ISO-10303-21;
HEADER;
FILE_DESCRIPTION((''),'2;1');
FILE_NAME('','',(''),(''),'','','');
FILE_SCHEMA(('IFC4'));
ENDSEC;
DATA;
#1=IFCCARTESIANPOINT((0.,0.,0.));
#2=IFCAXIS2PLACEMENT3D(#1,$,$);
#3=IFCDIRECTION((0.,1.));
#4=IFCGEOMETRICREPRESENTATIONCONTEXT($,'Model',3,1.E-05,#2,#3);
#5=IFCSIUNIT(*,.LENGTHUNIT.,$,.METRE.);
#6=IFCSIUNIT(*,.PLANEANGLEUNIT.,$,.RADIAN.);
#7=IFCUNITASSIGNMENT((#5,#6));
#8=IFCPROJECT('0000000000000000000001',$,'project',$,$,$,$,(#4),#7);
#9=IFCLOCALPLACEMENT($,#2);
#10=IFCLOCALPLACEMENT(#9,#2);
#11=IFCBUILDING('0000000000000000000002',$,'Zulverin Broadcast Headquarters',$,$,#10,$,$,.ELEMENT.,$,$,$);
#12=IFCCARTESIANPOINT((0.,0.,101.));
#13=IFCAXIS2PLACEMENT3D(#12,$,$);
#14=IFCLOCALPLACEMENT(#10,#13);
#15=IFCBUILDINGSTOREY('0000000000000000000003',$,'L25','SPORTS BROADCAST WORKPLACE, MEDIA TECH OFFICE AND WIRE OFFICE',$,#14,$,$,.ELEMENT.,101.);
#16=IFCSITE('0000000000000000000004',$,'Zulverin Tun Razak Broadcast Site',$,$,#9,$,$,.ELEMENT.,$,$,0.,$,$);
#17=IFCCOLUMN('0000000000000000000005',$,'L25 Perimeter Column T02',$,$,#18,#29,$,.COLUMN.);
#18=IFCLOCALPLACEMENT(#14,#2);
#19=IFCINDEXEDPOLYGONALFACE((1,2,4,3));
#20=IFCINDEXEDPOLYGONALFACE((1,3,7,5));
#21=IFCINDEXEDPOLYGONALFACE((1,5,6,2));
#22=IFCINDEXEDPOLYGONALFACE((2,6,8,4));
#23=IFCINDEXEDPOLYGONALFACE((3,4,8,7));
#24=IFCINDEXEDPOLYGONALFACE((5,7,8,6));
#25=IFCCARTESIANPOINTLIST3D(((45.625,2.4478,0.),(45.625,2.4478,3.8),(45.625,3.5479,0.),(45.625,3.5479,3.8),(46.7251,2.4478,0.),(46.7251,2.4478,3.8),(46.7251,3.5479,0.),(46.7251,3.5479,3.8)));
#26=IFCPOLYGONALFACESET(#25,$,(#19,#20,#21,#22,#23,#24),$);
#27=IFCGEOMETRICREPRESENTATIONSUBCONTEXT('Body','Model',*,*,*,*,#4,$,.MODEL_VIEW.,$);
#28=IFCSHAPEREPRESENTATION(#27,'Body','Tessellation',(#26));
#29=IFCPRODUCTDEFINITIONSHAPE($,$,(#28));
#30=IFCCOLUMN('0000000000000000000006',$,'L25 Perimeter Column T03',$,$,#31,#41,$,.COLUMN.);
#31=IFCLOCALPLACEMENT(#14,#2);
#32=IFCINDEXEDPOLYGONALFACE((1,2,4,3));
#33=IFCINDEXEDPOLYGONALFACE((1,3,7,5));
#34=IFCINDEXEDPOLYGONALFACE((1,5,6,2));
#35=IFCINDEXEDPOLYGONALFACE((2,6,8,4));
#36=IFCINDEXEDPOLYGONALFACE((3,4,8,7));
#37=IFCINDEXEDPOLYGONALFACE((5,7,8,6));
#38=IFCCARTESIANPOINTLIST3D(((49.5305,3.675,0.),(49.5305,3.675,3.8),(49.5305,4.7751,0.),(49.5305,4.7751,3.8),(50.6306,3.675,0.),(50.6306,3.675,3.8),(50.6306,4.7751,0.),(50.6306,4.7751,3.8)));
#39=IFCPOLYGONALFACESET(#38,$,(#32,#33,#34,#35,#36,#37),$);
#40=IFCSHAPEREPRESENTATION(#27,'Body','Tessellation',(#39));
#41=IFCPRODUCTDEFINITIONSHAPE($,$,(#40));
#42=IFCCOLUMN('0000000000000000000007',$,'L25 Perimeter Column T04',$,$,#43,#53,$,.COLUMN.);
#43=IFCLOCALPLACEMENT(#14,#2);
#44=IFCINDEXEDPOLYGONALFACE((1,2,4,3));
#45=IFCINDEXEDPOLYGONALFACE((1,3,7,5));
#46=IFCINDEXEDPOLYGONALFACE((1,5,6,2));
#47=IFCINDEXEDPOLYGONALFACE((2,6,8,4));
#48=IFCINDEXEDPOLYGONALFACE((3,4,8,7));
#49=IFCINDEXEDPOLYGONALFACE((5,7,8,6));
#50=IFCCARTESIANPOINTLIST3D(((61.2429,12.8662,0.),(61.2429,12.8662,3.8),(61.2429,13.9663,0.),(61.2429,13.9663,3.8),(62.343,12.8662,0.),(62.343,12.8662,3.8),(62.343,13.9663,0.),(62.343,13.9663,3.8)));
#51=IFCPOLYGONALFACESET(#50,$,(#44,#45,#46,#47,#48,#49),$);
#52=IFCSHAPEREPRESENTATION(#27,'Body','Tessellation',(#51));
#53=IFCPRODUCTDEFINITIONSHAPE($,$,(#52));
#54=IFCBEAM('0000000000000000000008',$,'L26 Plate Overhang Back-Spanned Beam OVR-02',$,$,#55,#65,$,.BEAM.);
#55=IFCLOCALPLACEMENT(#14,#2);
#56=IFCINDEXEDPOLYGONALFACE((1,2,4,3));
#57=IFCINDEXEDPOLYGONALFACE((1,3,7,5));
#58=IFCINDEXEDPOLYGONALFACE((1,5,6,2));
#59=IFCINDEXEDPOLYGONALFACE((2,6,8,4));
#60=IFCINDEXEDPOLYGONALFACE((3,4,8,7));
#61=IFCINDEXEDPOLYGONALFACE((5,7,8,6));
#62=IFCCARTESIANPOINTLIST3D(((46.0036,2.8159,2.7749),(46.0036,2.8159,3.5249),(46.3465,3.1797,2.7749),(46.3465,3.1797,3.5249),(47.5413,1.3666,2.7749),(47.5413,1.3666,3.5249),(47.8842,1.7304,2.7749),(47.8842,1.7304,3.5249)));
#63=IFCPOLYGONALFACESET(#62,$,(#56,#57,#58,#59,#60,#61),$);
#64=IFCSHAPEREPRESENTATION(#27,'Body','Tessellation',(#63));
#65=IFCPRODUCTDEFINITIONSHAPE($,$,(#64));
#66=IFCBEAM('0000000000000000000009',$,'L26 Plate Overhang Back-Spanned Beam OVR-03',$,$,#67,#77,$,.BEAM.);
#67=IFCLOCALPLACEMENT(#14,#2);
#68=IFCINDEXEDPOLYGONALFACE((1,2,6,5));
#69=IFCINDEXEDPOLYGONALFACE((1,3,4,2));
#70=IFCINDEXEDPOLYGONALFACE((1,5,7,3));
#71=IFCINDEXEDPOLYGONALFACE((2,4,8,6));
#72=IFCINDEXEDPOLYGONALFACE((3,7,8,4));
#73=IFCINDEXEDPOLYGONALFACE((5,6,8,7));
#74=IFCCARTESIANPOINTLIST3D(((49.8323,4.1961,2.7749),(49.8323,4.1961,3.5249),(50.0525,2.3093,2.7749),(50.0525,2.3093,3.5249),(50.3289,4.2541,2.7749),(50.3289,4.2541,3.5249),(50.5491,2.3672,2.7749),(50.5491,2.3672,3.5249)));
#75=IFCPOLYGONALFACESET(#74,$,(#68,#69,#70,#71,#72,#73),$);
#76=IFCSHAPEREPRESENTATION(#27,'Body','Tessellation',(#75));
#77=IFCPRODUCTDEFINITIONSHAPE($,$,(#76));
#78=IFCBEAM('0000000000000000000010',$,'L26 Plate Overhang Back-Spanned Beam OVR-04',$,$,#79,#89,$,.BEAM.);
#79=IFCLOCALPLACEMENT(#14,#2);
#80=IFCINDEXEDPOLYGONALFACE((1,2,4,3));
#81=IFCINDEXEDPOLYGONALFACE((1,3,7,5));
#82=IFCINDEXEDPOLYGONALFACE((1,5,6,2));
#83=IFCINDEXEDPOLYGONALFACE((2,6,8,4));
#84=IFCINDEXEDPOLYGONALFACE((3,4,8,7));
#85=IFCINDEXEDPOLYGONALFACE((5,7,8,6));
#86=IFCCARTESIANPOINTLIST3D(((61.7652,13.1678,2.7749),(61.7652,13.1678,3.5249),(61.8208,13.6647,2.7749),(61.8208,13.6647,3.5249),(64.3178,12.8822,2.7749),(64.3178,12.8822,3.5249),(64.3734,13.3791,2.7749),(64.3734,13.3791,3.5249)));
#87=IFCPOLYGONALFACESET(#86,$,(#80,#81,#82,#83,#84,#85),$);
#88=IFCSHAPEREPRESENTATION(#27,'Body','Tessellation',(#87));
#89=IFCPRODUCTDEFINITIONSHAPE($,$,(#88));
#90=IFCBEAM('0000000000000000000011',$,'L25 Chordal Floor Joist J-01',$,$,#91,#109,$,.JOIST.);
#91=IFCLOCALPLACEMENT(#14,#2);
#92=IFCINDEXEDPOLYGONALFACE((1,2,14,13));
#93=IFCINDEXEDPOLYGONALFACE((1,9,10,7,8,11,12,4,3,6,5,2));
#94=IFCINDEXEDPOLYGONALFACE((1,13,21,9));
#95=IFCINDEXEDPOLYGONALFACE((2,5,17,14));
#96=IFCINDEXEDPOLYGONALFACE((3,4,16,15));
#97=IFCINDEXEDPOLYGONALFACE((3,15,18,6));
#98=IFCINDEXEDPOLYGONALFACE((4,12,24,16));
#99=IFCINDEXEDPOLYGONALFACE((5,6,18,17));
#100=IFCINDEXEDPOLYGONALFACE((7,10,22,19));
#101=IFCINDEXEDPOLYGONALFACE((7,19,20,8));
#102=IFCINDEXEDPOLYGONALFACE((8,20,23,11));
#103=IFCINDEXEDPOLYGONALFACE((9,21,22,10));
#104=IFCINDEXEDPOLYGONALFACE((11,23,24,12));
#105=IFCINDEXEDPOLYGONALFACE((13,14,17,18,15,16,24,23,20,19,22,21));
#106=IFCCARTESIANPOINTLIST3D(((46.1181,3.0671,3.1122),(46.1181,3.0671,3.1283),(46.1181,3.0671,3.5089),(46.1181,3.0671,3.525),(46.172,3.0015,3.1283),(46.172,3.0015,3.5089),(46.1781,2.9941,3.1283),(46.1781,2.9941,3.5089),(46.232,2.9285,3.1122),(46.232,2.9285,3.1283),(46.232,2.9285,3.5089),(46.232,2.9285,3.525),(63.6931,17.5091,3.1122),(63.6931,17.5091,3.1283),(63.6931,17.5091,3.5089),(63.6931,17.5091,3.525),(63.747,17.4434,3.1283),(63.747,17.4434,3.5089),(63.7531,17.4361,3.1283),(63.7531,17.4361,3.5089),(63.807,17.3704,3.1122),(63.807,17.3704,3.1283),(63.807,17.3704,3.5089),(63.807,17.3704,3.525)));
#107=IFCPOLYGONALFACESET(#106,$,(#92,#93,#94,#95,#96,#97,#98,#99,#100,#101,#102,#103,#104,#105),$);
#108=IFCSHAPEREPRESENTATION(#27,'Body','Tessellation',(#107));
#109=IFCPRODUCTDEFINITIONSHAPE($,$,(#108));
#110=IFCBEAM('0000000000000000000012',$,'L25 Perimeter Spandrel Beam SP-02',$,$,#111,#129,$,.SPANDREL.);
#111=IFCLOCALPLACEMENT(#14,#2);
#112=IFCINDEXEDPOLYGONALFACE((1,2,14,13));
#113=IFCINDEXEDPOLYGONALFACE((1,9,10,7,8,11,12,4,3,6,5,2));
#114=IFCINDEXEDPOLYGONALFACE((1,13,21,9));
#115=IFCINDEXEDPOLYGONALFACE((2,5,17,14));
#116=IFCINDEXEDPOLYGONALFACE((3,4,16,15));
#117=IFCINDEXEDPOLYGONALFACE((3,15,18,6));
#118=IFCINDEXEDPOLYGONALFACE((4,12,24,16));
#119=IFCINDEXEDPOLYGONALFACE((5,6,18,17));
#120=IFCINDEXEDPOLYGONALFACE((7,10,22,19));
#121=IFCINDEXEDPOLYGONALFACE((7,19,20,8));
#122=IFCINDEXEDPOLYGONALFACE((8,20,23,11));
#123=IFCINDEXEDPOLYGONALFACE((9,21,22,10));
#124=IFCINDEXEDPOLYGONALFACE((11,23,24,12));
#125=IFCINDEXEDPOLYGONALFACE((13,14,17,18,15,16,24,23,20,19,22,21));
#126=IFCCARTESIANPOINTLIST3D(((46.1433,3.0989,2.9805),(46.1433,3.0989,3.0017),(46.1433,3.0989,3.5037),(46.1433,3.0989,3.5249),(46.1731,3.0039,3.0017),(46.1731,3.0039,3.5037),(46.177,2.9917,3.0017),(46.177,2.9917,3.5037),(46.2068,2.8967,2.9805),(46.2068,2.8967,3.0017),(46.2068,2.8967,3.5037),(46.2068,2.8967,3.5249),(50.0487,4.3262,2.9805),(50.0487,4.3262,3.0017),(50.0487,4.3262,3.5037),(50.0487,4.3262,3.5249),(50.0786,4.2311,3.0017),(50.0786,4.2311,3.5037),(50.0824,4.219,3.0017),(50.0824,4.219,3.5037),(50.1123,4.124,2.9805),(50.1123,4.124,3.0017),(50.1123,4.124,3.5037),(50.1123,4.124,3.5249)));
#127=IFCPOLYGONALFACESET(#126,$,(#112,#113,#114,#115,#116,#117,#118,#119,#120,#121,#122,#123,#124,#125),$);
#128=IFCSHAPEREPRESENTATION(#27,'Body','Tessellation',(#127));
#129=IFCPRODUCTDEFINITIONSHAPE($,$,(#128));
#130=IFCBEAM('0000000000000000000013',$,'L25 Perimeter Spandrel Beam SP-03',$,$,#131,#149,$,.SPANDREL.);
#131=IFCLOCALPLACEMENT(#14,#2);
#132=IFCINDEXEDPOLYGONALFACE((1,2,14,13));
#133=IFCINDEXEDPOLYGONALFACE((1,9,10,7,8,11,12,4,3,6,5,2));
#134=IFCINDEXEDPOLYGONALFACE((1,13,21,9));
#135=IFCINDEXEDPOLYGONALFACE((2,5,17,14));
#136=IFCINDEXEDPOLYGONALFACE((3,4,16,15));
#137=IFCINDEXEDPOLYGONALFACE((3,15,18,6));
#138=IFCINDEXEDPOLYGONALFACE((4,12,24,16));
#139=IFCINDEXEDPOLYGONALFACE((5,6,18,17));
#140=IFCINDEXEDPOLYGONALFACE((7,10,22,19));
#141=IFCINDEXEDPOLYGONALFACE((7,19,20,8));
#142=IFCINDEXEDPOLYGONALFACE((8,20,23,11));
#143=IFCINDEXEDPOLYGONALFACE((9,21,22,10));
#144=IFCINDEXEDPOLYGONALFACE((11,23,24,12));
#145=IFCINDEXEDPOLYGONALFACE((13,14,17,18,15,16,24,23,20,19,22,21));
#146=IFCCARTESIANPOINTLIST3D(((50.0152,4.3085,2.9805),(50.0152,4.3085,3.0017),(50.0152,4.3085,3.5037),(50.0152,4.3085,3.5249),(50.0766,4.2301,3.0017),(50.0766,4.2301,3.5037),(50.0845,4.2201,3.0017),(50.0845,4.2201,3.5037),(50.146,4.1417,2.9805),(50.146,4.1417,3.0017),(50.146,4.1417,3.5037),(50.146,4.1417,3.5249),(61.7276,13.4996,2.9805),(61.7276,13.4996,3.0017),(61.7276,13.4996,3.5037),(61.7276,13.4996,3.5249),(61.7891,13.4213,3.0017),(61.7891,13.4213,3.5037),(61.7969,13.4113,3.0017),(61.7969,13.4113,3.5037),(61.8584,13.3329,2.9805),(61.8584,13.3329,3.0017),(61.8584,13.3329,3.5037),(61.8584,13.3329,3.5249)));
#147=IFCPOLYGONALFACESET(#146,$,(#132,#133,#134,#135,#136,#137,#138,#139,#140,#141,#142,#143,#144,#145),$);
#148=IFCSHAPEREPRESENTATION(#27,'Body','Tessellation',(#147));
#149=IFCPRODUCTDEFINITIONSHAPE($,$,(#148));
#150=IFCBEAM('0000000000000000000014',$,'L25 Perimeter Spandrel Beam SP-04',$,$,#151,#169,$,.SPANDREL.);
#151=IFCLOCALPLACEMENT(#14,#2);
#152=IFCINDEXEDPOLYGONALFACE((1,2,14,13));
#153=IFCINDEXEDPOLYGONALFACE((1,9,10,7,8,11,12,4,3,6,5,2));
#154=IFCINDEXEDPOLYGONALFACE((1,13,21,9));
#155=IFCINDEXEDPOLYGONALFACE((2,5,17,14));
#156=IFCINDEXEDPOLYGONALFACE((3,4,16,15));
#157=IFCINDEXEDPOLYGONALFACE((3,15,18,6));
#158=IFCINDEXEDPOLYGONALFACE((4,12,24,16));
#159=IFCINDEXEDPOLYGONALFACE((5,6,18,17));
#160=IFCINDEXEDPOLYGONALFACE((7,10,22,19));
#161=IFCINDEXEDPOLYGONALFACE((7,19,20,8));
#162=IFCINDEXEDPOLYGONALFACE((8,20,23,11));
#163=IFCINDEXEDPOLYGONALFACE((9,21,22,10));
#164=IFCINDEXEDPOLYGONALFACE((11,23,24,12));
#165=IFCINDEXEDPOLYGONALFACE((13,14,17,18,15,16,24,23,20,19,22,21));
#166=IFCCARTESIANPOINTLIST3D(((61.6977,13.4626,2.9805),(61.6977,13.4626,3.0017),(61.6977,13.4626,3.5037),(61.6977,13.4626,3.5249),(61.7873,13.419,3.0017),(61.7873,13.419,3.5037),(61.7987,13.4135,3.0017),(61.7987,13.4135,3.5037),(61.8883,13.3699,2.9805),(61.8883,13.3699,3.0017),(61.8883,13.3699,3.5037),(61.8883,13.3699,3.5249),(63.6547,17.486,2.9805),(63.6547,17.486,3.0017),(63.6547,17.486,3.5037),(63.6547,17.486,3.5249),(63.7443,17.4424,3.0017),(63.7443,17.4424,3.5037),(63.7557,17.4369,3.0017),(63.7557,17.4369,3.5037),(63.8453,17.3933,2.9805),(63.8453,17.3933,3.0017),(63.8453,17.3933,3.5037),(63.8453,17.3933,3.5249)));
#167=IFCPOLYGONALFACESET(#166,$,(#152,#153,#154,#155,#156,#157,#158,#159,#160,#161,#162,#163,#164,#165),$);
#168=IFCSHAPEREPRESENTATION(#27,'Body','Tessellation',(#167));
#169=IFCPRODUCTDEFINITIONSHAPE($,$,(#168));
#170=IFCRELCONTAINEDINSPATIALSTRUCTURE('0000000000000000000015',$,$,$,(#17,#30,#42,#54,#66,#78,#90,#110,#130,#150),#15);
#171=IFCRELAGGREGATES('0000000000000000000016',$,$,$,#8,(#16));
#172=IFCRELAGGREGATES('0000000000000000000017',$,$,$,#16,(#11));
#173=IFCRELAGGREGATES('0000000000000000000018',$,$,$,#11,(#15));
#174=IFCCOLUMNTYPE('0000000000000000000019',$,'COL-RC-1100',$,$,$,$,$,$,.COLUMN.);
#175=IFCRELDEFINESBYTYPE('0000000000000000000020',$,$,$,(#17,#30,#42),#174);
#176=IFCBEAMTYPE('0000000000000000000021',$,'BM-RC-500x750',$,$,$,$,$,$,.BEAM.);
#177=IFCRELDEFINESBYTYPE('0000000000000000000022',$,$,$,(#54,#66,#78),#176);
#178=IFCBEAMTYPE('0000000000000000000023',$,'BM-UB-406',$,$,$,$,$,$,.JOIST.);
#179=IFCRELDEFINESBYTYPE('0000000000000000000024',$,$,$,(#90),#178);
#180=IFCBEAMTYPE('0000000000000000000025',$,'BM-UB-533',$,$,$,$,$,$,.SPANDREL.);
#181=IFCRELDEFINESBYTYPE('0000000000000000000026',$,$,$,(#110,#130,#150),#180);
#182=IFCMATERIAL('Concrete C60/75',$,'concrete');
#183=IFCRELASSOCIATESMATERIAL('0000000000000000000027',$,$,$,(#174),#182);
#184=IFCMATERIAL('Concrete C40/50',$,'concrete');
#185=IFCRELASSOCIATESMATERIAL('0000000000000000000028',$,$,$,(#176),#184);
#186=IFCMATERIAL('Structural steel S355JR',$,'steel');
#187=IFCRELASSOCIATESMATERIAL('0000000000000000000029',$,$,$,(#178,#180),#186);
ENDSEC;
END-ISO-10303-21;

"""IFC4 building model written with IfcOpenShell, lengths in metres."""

from ifc_helpers import new_model, si_unit, direction, frame, origin, origin_2d, place, context, subcontext, project, spatial, rectangle, i_section, extrude, material, material_profile, profile_set, type_object, element, save


model = new_model("IFC4")

# Units and contexts
model_context = context("Model", 3, precision=1e-05, world=origin(), true_north=direction((0.0, 1.0)))
body_context = subcontext(model_context, "Body", "Model", "MODEL_VIEW")
ifc_project = project(units=[si_unit("LENGTHUNIT", "METRE"), si_unit("PLANEANGLEUNIT", "RADIAN")], contexts=[model_context])

# Site, building, storey
site_placement = place(None, origin())
site = spatial("IfcSite", under=ifc_project, at=site_placement, Name="Zulverin Tun Razak Broadcast Site", CompositionType="ELEMENT", RefElevation=0.0)
building_placement = place(site_placement, origin())
building = spatial("IfcBuilding", under=site, at=building_placement, Name="Zulverin Broadcast Headquarters", CompositionType="ELEMENT")
storey_placement = place(building_placement, frame((0.0, 0.0, 101.0)))
storey = spatial("IfcBuildingStorey", under=building, at=storey_placement, Name="L25", Description="SPORTS BROADCAST WORKPLACE, MEDIA TECH OFFICE AND WIRE OFFICE", CompositionType="ELEMENT", Elevation=101.0)

# Columns
ifc_material_1 = material(Name="Concrete C60/75", Category="concrete")
ifc_material_profile_1 = material_profile(ifc_material_1, rectangle(XDim=1.1001, YDim=1.1001, at=origin_2d()), Name="Concrete C60/75", Category="concrete")
ifc_profile_set_1 = profile_set([ifc_material_profile_1], Name="Concrete C60/75")
column_type = type_object("IfcColumnType", Name="COL-RC-1100", PredefinedType="COLUMN", material=ifc_profile_set_1)
for number, where, z_axis, x_axis, name in (
    (1, (46.175, 2.9978, 0.0), (0.0, 0.0, 1.0), (1.0, 0.0, 0.0), "L25 Perimeter Column T02"),
    (2, (50.0806, 4.2251, 0.0), (0.0, 0.0, 1.0), (1.0, 0.0, 0.0), "L25 Perimeter Column T03"),
    (3, (61.793, 13.4163, 0.0), (0.0, 0.0, 1.0), (1.0, 0.0, 0.0), "L25 Perimeter Column T04"),
):
    element("IfcColumn", number, at=place(storey_placement, frame(where, z_axis=z_axis, x_axis=x_axis)), inside=storey, type_object=column_type, Name=name, PredefinedType="COLUMN", context=body_context, shape_type="SweptSolid", body=[
        extrude(rectangle(XDim=1.1001, YDim=1.1001, at=origin_2d()), origin(), (0.0, 0.0, 1.0), 3.8),
    ])

# Beams
ifc_material_2 = material(Name="Concrete C40/50", Category="concrete")
ifc_material_profile_2 = material_profile(ifc_material_2, rectangle(XDim=0.5, YDim=0.75, at=origin_2d()), Name="Concrete C40/50", Category="concrete")
ifc_profile_set_2 = profile_set([ifc_material_profile_2], Name="Concrete C40/50")
beam_type_1 = type_object("IfcBeamType", Name="BM-RC-500x750", PredefinedType="BEAM", material=ifc_profile_set_2)
beam_1_placement = place(storey_placement, frame((46.175, 2.9978, 3.1499), z_axis=(0.727711, -0.685884, 0.0), x_axis=(0.685884, 0.727711, 0.0)))
element("IfcBeam", 4, at=beam_1_placement, inside=storey, type_object=beam_type_1, Name="L26 Plate Overhang Back-Spanned Beam OVR-02", PredefinedType="BEAM", context=body_context, shape_type="SweptSolid", body=[
    extrude(rectangle(XDim=0.5, YDim=0.75, at=origin_2d()), origin(), (0.0, 0.0, 1.0), 2.113),
])
beam_2_placement = place(storey_placement, frame((50.0806, 4.2251, 3.1499), z_axis=(0.115917, -0.993259, 0.0), x_axis=(0.993259, 0.115917, 0.0)))
element("IfcBeam", 5, at=beam_2_placement, inside=storey, type_object=beam_type_1, Name="L26 Plate Overhang Back-Spanned Beam OVR-03", PredefinedType="BEAM", context=body_context, shape_type="SweptSolid", body=[
    extrude(rectangle(XDim=0.5, YDim=0.75, at=origin_2d()), origin(), (0.0, 0.0, 1.0), 1.8997),
])
beam_3_placement = place(storey_placement, frame((61.793, 13.4163, 3.1499), z_axis=(0.993798, -0.111203, 0.0), x_axis=(0.111203, 0.993798, 0.0)))
element("IfcBeam", 6, at=beam_3_placement, inside=storey, type_object=beam_type_1, Name="L26 Plate Overhang Back-Spanned Beam OVR-04", PredefinedType="BEAM", context=body_context, shape_type="SweptSolid", body=[
    extrude(rectangle(XDim=0.5, YDim=0.75, at=origin_2d()), origin(), (0.0, 0.0, 1.0), 2.5686),
])
ifc_material_3 = material(Name="Structural steel S355JR", Category="steel")
ifc_material_profile_3 = material_profile(ifc_material_3, i_section(OverallWidth=0.1794, OverallDepth=0.4128, WebThickness=0.0095, FlangeThickness=0.0161, at=origin_2d()), Name="Structural steel S355JR", Category="steel")
ifc_profile_set_3 = profile_set([ifc_material_profile_3], Name="Structural steel S355JR")
beam_type_2 = type_object("IfcBeamType", Name="BM-UB-406", PredefinedType="JOIST", material=ifc_profile_set_3)
beam_4_placement = place(storey_placement, frame((46.175, 2.9978, 3.3186), z_axis=(0.772611, 0.634879, 0.0), x_axis=(-0.634879, 0.772611, 0.0)))
element("IfcBeam", 7, at=beam_4_placement, inside=storey, type_object=beam_type_2, Name="L25 Chordal Floor Joist J-01", PredefinedType="JOIST", context=body_context, shape_type="SweptSolid", body=[
    extrude(i_section(OverallWidth=0.1794, OverallDepth=0.4128, WebThickness=0.0095, FlangeThickness=0.0161, at=origin_2d()), origin(), (0.0, 0.0, 1.0), 22.7476),
])
ifc_material_profile_4 = material_profile(ifc_material_3, i_section(OverallWidth=0.2119, OverallDepth=0.5444, WebThickness=0.0127, FlangeThickness=0.0212, at=origin_2d()), Name="Structural steel S355JR", Category="steel")
ifc_profile_set_4 = profile_set([ifc_material_profile_4], Name="Structural steel S355JR")
beam_type_3 = type_object("IfcBeamType", Name="BM-UB-533", PredefinedType="SPANDREL", material=ifc_profile_set_4)
beam_5_placement = place(storey_placement, frame((46.175, 2.9978, 3.2527), z_axis=(0.954004, 0.299792, 0.0), x_axis=(-0.299792, 0.954004, 0.0)))
element("IfcBeam", 8, at=beam_5_placement, inside=storey, type_object=beam_type_3, Name="L25 Perimeter Spandrel Beam SP-02", PredefinedType="SPANDREL", context=body_context, shape_type="SweptSolid", body=[
    extrude(i_section(OverallWidth=0.2119, OverallDepth=0.5444, WebThickness=0.0127, FlangeThickness=0.0212, at=origin_2d()), origin(), (0.0, 0.0, 1.0), 4.0938),
])
beam_6_placement = place(storey_placement, frame((50.0806, 4.2251, 3.2527), z_axis=(0.786691, 0.617346, 0.0), x_axis=(-0.617346, 0.786691, 0.0)))
element("IfcBeam", 9, at=beam_6_placement, inside=storey, type_object=beam_type_3, Name="L25 Perimeter Spandrel Beam SP-03", PredefinedType="SPANDREL", context=body_context, shape_type="SweptSolid", body=[
    extrude(i_section(OverallWidth=0.2119, OverallDepth=0.5444, WebThickness=0.0127, FlangeThickness=0.0212, at=origin_2d()), origin(), (0.0, 0.0, 1.0), 14.8882),
])
beam_7_placement = place(storey_placement, frame((61.793, 13.4163, 3.2527), z_axis=(0.437408, 0.899263, 0.0), x_axis=(-0.899263, 0.437408, 0.0)))
element("IfcBeam", 10, at=beam_7_placement, inside=storey, type_object=beam_type_3, Name="L25 Perimeter Spandrel Beam SP-04", PredefinedType="SPANDREL", context=body_context, shape_type="SweptSolid", body=[
    extrude(i_section(OverallWidth=0.2119, OverallDepth=0.5444, WebThickness=0.0127, FlangeThickness=0.0212, at=origin_2d()), origin(), (0.0, 0.0, 1.0), 4.4741),
])

save(model, "model.ifc")
